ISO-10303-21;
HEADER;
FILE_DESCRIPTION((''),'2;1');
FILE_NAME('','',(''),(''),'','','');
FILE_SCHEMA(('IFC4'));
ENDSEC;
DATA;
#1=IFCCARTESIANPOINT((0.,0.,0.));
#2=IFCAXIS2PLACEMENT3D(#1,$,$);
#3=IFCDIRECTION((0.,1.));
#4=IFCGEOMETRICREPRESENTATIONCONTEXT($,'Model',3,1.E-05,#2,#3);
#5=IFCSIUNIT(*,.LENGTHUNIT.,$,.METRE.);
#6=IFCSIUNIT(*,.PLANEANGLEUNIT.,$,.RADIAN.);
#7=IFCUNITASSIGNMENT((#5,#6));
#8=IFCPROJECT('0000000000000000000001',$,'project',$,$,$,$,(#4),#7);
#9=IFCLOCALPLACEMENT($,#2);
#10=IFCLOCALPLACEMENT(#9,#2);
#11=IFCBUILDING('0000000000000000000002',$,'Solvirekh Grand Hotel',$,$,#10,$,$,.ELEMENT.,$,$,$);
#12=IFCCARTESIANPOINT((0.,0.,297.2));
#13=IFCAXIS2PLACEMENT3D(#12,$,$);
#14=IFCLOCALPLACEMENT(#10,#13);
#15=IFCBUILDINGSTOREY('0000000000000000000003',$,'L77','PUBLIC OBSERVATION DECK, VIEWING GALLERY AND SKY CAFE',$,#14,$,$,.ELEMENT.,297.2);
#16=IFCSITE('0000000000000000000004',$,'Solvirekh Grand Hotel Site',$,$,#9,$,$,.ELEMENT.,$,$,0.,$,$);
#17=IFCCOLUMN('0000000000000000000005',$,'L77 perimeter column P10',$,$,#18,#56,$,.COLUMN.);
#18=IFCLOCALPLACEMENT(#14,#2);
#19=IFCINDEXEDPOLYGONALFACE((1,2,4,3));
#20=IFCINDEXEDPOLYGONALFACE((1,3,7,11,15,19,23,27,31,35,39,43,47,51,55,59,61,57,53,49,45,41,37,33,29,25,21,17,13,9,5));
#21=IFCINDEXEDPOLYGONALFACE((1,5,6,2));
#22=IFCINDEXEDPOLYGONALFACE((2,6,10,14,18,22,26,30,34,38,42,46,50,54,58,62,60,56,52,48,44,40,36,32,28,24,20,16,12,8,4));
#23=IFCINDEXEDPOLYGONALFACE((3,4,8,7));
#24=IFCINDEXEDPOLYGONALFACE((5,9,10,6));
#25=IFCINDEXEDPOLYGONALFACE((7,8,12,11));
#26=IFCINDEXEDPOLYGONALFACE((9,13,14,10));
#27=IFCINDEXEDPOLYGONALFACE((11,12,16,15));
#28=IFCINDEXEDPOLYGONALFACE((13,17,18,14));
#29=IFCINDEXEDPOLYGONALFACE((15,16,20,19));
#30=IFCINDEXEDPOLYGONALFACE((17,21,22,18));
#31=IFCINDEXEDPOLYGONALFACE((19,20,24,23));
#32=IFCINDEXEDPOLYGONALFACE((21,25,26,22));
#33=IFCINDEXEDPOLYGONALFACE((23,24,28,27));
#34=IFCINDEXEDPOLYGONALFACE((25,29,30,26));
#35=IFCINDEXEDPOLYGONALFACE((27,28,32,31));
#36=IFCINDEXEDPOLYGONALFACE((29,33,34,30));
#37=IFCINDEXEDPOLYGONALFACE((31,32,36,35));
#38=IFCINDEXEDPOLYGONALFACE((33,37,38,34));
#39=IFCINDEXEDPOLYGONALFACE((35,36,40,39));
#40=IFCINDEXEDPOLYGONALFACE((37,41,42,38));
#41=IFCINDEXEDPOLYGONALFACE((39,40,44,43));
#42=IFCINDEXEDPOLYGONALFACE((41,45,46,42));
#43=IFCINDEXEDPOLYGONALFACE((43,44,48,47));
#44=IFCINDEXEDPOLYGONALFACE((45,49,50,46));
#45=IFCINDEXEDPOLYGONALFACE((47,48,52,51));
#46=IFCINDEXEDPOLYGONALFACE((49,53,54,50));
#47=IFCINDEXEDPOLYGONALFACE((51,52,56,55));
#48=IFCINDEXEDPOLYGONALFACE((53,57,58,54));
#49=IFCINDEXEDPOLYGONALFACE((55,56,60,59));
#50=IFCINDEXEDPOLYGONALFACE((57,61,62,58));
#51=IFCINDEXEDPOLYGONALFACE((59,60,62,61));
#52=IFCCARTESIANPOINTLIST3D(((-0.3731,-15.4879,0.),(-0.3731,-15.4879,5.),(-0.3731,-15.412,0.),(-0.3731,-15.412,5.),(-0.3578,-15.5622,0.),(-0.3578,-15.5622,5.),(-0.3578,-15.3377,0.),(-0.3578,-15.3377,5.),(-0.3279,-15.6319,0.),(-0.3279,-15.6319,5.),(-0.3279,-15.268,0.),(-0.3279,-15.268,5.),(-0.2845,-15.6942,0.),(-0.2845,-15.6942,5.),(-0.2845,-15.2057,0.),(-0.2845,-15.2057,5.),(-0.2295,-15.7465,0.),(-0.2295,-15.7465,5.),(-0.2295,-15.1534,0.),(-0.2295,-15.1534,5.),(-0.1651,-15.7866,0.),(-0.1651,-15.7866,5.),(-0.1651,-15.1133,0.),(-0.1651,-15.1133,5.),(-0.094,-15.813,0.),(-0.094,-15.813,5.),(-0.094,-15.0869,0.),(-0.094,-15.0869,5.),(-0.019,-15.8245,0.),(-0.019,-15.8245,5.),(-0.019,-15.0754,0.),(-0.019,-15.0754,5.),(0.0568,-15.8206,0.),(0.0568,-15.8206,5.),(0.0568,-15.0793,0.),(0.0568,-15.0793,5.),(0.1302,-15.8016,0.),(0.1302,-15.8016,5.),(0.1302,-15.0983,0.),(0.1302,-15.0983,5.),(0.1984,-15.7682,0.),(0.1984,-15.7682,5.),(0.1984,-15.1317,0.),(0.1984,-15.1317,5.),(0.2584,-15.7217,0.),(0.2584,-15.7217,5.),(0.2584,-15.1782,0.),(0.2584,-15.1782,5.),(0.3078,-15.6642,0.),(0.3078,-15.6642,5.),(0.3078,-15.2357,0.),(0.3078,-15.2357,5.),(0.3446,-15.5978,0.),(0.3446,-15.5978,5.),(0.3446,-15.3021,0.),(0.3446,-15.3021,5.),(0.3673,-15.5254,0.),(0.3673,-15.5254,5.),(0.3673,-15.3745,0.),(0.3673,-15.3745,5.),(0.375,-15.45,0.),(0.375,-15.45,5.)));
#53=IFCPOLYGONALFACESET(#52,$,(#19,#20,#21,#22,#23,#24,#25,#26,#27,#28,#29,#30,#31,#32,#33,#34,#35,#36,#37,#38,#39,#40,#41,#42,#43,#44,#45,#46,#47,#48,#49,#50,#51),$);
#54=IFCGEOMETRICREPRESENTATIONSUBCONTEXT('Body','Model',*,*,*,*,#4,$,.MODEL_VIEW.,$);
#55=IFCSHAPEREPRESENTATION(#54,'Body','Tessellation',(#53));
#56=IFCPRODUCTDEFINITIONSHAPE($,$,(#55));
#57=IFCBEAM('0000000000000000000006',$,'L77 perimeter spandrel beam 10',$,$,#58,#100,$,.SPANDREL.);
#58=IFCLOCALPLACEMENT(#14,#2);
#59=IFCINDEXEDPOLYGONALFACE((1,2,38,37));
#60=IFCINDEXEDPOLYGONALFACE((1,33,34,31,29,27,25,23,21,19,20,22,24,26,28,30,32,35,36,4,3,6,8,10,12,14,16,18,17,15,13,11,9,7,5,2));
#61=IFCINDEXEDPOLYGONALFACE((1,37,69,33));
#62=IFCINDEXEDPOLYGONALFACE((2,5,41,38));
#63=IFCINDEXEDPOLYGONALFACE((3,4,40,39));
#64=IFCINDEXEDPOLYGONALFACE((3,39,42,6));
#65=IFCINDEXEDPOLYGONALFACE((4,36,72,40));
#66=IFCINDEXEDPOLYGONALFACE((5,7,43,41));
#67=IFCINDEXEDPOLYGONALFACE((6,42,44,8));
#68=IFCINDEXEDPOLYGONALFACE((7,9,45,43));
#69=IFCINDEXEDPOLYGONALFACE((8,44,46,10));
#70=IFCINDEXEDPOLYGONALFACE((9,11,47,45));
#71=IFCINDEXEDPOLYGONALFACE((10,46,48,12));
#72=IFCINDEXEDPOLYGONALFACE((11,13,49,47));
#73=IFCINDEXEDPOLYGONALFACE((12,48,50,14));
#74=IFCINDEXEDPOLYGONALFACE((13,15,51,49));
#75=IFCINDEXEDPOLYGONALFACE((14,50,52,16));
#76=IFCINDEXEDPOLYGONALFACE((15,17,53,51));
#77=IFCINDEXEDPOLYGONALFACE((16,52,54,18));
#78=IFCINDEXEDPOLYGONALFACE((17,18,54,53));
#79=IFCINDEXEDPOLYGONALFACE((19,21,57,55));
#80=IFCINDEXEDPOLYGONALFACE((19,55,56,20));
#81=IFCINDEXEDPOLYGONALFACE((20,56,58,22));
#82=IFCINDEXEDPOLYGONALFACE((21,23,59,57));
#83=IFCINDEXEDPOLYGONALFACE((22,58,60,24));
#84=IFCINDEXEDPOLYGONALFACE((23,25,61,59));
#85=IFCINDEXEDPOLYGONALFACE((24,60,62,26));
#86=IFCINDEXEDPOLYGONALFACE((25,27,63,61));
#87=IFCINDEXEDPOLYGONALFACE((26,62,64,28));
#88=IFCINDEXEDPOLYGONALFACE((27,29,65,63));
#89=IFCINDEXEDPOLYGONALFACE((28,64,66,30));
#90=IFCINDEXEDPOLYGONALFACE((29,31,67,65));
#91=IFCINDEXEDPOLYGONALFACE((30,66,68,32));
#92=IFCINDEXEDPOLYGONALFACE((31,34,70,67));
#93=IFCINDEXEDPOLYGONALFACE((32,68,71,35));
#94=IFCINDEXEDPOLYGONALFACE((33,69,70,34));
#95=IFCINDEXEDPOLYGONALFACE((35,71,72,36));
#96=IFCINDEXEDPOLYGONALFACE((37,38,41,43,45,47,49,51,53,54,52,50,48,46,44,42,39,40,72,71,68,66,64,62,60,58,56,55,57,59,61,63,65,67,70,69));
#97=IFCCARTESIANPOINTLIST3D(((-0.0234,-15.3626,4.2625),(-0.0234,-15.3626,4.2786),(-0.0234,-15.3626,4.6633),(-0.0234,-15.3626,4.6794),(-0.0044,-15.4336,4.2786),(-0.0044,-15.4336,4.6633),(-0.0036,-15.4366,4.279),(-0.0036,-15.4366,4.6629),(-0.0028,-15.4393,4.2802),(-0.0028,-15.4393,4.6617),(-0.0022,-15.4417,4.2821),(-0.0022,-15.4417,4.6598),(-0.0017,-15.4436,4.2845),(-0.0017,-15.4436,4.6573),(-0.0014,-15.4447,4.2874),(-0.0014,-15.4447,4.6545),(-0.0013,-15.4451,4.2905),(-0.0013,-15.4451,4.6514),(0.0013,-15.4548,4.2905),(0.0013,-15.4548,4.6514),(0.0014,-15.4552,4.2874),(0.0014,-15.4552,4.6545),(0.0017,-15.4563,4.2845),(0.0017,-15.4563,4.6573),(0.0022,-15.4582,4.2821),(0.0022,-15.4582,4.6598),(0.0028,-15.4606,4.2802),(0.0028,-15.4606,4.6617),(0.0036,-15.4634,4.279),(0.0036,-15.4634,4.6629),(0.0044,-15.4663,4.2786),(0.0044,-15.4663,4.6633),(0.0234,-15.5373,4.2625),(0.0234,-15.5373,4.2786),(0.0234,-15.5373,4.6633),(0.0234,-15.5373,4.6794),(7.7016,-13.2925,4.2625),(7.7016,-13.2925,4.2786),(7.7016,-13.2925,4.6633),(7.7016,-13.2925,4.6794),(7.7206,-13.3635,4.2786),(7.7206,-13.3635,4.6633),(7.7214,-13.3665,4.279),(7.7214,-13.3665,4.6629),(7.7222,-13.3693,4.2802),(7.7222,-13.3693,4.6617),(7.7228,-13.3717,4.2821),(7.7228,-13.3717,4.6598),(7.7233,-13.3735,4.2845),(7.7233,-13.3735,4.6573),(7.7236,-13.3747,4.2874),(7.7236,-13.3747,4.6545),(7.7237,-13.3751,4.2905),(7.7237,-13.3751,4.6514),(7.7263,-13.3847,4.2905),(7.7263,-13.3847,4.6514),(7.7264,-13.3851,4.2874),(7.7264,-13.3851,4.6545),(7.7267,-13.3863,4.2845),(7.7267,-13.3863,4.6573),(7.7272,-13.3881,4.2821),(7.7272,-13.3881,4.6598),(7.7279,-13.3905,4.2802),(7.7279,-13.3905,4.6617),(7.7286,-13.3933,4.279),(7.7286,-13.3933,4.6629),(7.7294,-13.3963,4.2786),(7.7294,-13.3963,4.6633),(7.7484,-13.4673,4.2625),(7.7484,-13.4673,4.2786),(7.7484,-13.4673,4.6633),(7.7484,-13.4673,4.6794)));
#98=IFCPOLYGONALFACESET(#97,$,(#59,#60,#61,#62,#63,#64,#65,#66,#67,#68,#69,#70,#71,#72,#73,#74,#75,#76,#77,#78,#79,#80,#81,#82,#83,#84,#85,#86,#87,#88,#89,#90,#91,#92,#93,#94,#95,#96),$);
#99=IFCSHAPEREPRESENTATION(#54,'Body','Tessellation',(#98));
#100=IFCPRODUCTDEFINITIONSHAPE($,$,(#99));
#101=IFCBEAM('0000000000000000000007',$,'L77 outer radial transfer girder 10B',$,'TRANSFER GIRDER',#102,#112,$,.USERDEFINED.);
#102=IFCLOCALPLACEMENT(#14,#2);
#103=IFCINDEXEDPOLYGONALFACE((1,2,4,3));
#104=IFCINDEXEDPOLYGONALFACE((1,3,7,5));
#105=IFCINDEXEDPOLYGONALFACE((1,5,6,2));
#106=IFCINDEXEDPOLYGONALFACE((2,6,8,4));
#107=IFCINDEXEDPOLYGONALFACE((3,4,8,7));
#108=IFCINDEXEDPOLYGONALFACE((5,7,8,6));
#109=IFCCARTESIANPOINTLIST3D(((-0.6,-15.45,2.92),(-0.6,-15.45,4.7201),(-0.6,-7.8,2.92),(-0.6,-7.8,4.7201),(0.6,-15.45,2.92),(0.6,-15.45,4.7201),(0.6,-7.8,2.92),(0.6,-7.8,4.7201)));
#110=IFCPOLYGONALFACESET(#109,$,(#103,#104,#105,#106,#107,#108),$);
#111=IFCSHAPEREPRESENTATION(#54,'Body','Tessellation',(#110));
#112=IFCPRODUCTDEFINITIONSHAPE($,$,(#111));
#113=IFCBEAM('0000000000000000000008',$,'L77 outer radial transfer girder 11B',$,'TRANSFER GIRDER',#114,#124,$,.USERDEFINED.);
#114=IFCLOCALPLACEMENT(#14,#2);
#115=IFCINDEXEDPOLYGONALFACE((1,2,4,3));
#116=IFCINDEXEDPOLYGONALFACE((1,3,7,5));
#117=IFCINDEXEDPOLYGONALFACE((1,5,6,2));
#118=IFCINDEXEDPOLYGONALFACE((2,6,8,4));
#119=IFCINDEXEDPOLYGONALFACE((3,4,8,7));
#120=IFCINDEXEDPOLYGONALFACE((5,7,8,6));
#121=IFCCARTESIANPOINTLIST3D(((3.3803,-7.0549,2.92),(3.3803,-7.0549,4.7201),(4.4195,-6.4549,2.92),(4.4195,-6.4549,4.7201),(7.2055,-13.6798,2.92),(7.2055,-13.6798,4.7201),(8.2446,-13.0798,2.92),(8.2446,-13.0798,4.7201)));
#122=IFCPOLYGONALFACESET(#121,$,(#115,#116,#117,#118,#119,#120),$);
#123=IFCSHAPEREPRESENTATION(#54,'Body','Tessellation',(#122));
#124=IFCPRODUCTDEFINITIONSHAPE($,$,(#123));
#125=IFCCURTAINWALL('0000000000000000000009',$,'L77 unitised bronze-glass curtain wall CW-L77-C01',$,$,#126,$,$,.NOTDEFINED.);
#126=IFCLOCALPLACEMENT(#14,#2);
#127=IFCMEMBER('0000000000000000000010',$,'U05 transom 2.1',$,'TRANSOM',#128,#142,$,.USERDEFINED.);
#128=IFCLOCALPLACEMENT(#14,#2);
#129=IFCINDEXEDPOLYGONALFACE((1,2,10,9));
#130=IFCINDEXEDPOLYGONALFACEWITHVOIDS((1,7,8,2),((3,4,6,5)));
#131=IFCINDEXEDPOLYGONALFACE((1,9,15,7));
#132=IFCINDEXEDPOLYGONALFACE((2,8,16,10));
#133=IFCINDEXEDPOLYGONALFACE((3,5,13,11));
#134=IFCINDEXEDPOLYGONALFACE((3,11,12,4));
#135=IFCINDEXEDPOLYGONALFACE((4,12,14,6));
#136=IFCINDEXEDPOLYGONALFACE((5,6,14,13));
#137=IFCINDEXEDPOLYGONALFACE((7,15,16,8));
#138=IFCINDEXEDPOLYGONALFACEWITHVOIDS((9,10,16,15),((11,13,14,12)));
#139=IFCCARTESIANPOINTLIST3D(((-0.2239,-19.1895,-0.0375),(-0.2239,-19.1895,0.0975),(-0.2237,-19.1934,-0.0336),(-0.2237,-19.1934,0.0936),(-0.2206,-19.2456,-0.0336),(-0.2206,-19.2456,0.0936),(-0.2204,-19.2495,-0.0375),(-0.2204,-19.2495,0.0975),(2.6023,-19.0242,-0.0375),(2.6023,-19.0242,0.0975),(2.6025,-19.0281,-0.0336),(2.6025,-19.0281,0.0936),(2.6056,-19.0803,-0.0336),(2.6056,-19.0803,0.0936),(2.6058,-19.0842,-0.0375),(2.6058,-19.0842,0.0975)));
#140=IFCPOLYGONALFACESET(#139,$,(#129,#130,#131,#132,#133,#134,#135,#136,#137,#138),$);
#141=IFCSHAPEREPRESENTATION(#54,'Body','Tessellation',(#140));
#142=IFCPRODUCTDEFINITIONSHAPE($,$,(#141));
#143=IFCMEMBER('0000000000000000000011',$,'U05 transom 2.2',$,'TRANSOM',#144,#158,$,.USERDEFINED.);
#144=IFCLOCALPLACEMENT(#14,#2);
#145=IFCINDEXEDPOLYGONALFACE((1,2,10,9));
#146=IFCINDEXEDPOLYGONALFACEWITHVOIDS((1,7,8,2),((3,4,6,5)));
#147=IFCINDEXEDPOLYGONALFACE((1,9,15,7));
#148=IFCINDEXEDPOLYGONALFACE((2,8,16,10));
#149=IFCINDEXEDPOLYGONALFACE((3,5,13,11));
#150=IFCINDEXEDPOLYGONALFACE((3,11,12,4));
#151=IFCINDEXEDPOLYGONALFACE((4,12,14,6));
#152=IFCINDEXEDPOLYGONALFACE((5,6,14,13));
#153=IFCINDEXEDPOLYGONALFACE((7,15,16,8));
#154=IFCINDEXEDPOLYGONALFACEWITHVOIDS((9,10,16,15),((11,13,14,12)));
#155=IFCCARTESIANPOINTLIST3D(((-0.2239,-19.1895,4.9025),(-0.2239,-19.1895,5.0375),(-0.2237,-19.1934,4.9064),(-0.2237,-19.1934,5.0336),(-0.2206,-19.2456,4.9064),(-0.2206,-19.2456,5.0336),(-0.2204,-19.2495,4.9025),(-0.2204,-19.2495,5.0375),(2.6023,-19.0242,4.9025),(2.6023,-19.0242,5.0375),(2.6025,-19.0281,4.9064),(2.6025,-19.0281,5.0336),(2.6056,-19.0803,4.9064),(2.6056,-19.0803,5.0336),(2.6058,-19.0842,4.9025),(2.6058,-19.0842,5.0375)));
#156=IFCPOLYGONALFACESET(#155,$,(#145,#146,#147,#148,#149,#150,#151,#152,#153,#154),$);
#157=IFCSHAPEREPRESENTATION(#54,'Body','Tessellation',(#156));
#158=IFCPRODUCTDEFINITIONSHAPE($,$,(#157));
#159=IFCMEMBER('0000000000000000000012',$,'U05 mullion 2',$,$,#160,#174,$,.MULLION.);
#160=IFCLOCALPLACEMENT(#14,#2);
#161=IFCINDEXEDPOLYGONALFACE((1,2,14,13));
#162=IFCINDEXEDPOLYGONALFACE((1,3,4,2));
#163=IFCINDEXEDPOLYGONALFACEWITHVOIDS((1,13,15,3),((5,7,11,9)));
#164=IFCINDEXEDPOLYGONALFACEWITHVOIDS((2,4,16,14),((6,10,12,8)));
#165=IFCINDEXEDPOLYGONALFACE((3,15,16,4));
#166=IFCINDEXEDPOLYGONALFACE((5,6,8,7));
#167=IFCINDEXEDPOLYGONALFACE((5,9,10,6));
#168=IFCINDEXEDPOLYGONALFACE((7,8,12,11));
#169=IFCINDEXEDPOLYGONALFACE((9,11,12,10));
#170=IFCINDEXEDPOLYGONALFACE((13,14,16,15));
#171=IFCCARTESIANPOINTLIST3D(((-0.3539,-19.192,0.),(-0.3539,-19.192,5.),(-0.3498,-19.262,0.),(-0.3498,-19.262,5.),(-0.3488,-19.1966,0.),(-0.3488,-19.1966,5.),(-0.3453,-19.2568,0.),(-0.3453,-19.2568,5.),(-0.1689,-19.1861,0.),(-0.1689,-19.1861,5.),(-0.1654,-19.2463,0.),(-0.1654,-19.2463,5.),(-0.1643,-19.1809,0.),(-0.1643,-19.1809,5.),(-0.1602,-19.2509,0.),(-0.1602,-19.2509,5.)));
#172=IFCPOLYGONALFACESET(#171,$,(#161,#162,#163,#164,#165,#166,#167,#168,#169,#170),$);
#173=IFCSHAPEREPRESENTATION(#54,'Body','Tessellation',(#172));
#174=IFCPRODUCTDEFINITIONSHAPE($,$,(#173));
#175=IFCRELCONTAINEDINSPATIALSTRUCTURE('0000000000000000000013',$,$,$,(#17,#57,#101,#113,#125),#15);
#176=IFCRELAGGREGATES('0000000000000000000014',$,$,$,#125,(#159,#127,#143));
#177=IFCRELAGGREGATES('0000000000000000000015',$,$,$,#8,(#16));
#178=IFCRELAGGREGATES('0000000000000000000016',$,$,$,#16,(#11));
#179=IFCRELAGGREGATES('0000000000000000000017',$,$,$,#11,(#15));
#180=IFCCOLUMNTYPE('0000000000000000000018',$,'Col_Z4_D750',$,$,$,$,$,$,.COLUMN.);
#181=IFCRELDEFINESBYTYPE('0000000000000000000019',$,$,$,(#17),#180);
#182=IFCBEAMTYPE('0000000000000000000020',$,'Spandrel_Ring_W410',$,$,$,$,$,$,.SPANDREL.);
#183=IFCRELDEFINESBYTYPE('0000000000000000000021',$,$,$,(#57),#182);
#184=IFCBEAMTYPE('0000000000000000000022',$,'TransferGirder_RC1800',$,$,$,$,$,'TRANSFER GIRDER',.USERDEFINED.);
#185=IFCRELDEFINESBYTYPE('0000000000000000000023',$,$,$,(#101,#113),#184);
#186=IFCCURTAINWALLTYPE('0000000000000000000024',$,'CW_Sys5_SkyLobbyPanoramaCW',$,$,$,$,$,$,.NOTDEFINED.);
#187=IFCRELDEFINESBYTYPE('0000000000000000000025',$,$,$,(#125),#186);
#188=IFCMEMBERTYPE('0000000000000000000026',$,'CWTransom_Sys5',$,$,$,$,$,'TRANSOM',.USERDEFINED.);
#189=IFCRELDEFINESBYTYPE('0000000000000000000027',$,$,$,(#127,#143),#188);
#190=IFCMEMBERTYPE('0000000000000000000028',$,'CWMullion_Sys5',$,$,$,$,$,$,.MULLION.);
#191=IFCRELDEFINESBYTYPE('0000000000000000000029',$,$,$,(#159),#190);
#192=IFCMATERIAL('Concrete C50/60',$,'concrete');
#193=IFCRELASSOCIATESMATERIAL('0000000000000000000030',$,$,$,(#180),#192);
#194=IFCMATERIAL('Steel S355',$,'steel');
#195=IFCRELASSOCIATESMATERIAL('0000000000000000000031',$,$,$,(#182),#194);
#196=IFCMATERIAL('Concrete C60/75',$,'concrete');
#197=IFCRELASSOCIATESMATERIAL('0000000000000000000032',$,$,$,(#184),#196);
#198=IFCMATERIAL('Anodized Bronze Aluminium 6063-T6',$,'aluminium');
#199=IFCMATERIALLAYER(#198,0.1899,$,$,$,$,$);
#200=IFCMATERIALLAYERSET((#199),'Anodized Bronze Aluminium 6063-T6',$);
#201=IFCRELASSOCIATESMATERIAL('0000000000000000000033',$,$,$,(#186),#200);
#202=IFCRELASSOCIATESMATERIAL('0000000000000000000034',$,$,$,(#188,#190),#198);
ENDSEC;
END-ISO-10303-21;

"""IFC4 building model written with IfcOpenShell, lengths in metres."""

from ifc_helpers import new_model, si_unit, direction, frame, origin, origin_2d, place, context, subcontext, project, spatial, rectangle, hollow_rectangle, circle, i_section, extrude, source, transform, mapped, material, layer, layer_set, material_profile, profile_set, type_object, element, aggregate, save


model = new_model("IFC4")

# Units and contexts
model_context = context("Model", 3, precision=1e-05, world=origin(), true_north=direction((0.0, 1.0)))
body_context = subcontext(model_context, "Body", "Model", "MODEL_VIEW")
ifc_project = project(units=[si_unit("LENGTHUNIT", "METRE"), si_unit("PLANEANGLEUNIT", "RADIAN")], contexts=[model_context])

# Site, building, storey
site_placement = place(None, origin())
site = spatial("IfcSite", under=ifc_project, at=site_placement, Name="Solvirekh Grand Hotel Site", CompositionType="ELEMENT", RefElevation=0.0)
building_placement = place(site_placement, origin())
building = spatial("IfcBuilding", under=site, at=building_placement, Name="Solvirekh Grand Hotel", CompositionType="ELEMENT")
storey_placement = place(building_placement, frame((0.0, 0.0, 297.2)))
storey = spatial("IfcBuildingStorey", under=building, at=storey_placement, Name="L77", Description="PUBLIC OBSERVATION DECK, VIEWING GALLERY AND SKY CAFE", CompositionType="ELEMENT", Elevation=297.2)

# Column
ifc_material_1 = material(Name="Concrete C50/60", Category="concrete")
ifc_material_profile_1 = material_profile(ifc_material_1, circle(Radius=0.375, at=origin_2d()), Name="RC CIRC D750")
ifc_profile_set_1 = profile_set([ifc_material_profile_1], Name="Concrete C50/60")
column_type = type_object("IfcColumnType", Name="Col_Z4_D750", PredefinedType="COLUMN", material=ifc_profile_set_1)
column_placement = place(storey_placement, frame((0.0, -15.45, 0.0), z_axis=(0.0, 0.0, 1.0), x_axis=(1.0, 0.0, 0.0)))
element("IfcColumn", 1, at=column_placement, inside=storey, type_object=column_type, Name="L77 perimeter column P10", PredefinedType="COLUMN", context=body_context, shape_type="SweptSolid", body=[
    extrude(circle(Radius=0.375, at=origin_2d()), origin(), (0.0, 0.0, 1.0), 5.0),
])

# Beams
ifc_material_2 = material(Name="Steel S355", Category="steel")
ifc_material_profile_2 = material_profile(ifc_material_2, i_section(OverallWidth=0.1809, OverallDepth=0.417, WebThickness=0.01, FlangeThickness=0.0161, FilletRadius=0.012, at=origin_2d()), Name="W410X85")
ifc_profile_set_2 = profile_set([ifc_material_profile_2], Name="Steel S355")
beam_type_1 = type_object("IfcBeamType", Name="Spandrel_Ring_W410", PredefinedType="SPANDREL", material=ifc_profile_set_2)
beam_placement = place(storey_placement, frame((0.0, -15.45, 4.4709), z_axis=(0.965922, 0.258835, 0.0), x_axis=(-0.258835, 0.965922, 0.0)))
element("IfcBeam", 2, at=beam_placement, inside=storey, type_object=beam_type_1, Name="L77 perimeter spandrel beam 10", PredefinedType="SPANDREL", context=body_context, shape_type="SweptSolid", body=[
    extrude(i_section(OverallWidth=0.1809, OverallDepth=0.417, WebThickness=0.01, FlangeThickness=0.0161, FilletRadius=0.012, at=origin_2d()), origin(), (0.0, 0.0, 1.0), 7.9976),
])
ifc_material_3 = material(Name="Concrete C60/75", Category="concrete")
ifc_material_profile_3 = material_profile(ifc_material_3, rectangle(XDim=1.2, YDim=1.8, at=origin_2d()), Name="RC GIRDER 1200X1800")
ifc_profile_set_3 = profile_set([ifc_material_profile_3], Name="Concrete C60/75")
beam_type_2 = type_object("IfcBeamType", Name="TransferGirder_RC1800", ElementType="TRANSFER GIRDER", PredefinedType="USERDEFINED", material=ifc_profile_set_3)
for number, where, z_axis, x_axis, name in (
    (3, (0.0, -7.8, 3.8201), (0.0, -1.0, 0.0), (1.0, 0.0, 0.0), "L77 outer radial transfer girder 10B"),
    (4, (3.8999, -6.7549, 3.8201), (0.500024, -0.866011, 0.0), (0.866011, 0.500024, 0.0), "L77 outer radial transfer girder 11B"),
):
    element("IfcBeam", number, at=place(storey_placement, frame(where, z_axis=z_axis, x_axis=x_axis)), inside=storey, type_object=beam_type_2, Name=name, ObjectType="TRANSFER GIRDER", PredefinedType="USERDEFINED", context=body_context, shape_type="SweptSolid", body=[
        extrude(rectangle(XDim=1.2, YDim=1.8, at=origin_2d()), origin(), (0.0, 0.0, 1.0), 7.6499),
    ])

# Curtain wall, members
ifc_material_4 = material(Name="Anodized Bronze Aluminium 6063-T6", Category="aluminium")
ifc_layer_1 = layer(ifc_material_4, 0.1899)
ifc_layer_set_1 = layer_set([ifc_layer_1], Name="Anodized Bronze Aluminium 6063-T6")
curtain_wall_type = type_object("IfcCurtainWallType", Name="CW_Sys5_SkyLobbyPanoramaCW", PredefinedType="NOTDEFINED", material=ifc_layer_set_1)
curtain_wall_1_placement = place(storey_placement, origin())
curtain_wall_1 = element("IfcCurtainWall", 5, at=curtain_wall_1_placement, inside=storey, type_object=curtain_wall_type, Name="L77 unitised bronze-glass curtain wall CW-L77-C01", PredefinedType="NOTDEFINED")
ifc_material_profile_4 = material_profile(ifc_material_4, hollow_rectangle(XDim=0.0601, YDim=0.135, WallThickness=0.0039, at=origin_2d()), Name="ALU RHS 135X60X4")
ifc_profile_set_4 = profile_set([ifc_material_profile_4], Name="Anodized Bronze Aluminium 6063-T6")
member_type_1 = type_object("IfcMemberType", Name="CWTransom_Sys5", ElementType="TRANSOM", PredefinedType="USERDEFINED", material=ifc_profile_set_4)
shared_shape_1 = source(origin(), body_context, "Body", "SweptSolid", [
    extrude(hollow_rectangle(XDim=0.0601, YDim=0.135, WallThickness=0.0039, at=origin_2d()), origin(), (0.0, 0.0, 1.0), 2.8311),
])
member_1_placement = place(storey_placement, frame((-0.2222, -19.2195, 0.03), z_axis=(0.998294, 0.058383, 0.0), x_axis=(-0.058383, 0.998294, 0.0)))
member_1 = element("IfcMember", 6, at=member_1_placement, type_object=member_type_1, Name="U05 transom 2.1", ObjectType="TRANSOM", PredefinedType="USERDEFINED", context=body_context, shape_type="MappedRepresentation", body=[
    mapped(shared_shape_1, transform((0.0, 0.0, 0.0), x_axis=(1.0, 0.0, 0.0), y_axis=(0.0, 1.0, 0.0), z_axis=(0.0, 0.0, 1.0), scale=1.0)),
])
member_2_placement = place(storey_placement, frame((-0.2222, -19.2195, 4.97), z_axis=(0.998294, 0.058383, 0.0), x_axis=(-0.058383, 0.998294, 0.0)))
member_2 = element("IfcMember", 7, at=member_2_placement, type_object=member_type_1, Name="U05 transom 2.2", ObjectType="TRANSOM", PredefinedType="USERDEFINED", context=body_context, shape_type="MappedRepresentation", body=[
    mapped(shared_shape_1, transform((0.0, 0.0, 0.0), x_axis=(1.0, 0.0, 0.0), y_axis=(0.0, 1.0, 0.0), z_axis=(0.0, 0.0, 1.0), scale=1.0)),
])
ifc_material_profile_5 = material_profile(ifc_material_4, hollow_rectangle(XDim=0.0701, YDim=0.1899, WallThickness=0.0049, at=origin_2d()), Name="ALU RHS 190X70X5")
ifc_profile_set_5 = profile_set([ifc_material_profile_5], Name="Anodized Bronze Aluminium 6063-T6")
member_type_2 = type_object("IfcMemberType", Name="CWMullion_Sys5", PredefinedType="MULLION", material=ifc_profile_set_5)
shared_shape_2 = source(origin(), body_context, "Body", "SweptSolid", [
    extrude(hollow_rectangle(XDim=0.0701, YDim=0.1899, WallThickness=0.0049, at=origin_2d()), origin(), (0.0, 0.0, 1.0), 5.0),
])
member_3_placement = place(storey_placement, frame((-0.2571, -19.2214, 0.0), z_axis=(0.0, 0.0, 1.0), x_axis=(-0.058413, 0.998293, 0.0)))
member_3 = element("IfcMember", 8, at=member_3_placement, type_object=member_type_2, Name="U05 mullion 2", PredefinedType="MULLION", context=body_context, shape_type="MappedRepresentation", body=[
    mapped(shared_shape_2, transform((0.0, 0.0, 0.0), x_axis=(1.0, 0.0, 0.0), y_axis=(0.0, 1.0, 0.0), z_axis=(0.0, 0.0, 1.0), scale=1.0)),
])

aggregate(curtain_wall_1, [member_3, member_1, member_2])

save(model, "model.ifc")
